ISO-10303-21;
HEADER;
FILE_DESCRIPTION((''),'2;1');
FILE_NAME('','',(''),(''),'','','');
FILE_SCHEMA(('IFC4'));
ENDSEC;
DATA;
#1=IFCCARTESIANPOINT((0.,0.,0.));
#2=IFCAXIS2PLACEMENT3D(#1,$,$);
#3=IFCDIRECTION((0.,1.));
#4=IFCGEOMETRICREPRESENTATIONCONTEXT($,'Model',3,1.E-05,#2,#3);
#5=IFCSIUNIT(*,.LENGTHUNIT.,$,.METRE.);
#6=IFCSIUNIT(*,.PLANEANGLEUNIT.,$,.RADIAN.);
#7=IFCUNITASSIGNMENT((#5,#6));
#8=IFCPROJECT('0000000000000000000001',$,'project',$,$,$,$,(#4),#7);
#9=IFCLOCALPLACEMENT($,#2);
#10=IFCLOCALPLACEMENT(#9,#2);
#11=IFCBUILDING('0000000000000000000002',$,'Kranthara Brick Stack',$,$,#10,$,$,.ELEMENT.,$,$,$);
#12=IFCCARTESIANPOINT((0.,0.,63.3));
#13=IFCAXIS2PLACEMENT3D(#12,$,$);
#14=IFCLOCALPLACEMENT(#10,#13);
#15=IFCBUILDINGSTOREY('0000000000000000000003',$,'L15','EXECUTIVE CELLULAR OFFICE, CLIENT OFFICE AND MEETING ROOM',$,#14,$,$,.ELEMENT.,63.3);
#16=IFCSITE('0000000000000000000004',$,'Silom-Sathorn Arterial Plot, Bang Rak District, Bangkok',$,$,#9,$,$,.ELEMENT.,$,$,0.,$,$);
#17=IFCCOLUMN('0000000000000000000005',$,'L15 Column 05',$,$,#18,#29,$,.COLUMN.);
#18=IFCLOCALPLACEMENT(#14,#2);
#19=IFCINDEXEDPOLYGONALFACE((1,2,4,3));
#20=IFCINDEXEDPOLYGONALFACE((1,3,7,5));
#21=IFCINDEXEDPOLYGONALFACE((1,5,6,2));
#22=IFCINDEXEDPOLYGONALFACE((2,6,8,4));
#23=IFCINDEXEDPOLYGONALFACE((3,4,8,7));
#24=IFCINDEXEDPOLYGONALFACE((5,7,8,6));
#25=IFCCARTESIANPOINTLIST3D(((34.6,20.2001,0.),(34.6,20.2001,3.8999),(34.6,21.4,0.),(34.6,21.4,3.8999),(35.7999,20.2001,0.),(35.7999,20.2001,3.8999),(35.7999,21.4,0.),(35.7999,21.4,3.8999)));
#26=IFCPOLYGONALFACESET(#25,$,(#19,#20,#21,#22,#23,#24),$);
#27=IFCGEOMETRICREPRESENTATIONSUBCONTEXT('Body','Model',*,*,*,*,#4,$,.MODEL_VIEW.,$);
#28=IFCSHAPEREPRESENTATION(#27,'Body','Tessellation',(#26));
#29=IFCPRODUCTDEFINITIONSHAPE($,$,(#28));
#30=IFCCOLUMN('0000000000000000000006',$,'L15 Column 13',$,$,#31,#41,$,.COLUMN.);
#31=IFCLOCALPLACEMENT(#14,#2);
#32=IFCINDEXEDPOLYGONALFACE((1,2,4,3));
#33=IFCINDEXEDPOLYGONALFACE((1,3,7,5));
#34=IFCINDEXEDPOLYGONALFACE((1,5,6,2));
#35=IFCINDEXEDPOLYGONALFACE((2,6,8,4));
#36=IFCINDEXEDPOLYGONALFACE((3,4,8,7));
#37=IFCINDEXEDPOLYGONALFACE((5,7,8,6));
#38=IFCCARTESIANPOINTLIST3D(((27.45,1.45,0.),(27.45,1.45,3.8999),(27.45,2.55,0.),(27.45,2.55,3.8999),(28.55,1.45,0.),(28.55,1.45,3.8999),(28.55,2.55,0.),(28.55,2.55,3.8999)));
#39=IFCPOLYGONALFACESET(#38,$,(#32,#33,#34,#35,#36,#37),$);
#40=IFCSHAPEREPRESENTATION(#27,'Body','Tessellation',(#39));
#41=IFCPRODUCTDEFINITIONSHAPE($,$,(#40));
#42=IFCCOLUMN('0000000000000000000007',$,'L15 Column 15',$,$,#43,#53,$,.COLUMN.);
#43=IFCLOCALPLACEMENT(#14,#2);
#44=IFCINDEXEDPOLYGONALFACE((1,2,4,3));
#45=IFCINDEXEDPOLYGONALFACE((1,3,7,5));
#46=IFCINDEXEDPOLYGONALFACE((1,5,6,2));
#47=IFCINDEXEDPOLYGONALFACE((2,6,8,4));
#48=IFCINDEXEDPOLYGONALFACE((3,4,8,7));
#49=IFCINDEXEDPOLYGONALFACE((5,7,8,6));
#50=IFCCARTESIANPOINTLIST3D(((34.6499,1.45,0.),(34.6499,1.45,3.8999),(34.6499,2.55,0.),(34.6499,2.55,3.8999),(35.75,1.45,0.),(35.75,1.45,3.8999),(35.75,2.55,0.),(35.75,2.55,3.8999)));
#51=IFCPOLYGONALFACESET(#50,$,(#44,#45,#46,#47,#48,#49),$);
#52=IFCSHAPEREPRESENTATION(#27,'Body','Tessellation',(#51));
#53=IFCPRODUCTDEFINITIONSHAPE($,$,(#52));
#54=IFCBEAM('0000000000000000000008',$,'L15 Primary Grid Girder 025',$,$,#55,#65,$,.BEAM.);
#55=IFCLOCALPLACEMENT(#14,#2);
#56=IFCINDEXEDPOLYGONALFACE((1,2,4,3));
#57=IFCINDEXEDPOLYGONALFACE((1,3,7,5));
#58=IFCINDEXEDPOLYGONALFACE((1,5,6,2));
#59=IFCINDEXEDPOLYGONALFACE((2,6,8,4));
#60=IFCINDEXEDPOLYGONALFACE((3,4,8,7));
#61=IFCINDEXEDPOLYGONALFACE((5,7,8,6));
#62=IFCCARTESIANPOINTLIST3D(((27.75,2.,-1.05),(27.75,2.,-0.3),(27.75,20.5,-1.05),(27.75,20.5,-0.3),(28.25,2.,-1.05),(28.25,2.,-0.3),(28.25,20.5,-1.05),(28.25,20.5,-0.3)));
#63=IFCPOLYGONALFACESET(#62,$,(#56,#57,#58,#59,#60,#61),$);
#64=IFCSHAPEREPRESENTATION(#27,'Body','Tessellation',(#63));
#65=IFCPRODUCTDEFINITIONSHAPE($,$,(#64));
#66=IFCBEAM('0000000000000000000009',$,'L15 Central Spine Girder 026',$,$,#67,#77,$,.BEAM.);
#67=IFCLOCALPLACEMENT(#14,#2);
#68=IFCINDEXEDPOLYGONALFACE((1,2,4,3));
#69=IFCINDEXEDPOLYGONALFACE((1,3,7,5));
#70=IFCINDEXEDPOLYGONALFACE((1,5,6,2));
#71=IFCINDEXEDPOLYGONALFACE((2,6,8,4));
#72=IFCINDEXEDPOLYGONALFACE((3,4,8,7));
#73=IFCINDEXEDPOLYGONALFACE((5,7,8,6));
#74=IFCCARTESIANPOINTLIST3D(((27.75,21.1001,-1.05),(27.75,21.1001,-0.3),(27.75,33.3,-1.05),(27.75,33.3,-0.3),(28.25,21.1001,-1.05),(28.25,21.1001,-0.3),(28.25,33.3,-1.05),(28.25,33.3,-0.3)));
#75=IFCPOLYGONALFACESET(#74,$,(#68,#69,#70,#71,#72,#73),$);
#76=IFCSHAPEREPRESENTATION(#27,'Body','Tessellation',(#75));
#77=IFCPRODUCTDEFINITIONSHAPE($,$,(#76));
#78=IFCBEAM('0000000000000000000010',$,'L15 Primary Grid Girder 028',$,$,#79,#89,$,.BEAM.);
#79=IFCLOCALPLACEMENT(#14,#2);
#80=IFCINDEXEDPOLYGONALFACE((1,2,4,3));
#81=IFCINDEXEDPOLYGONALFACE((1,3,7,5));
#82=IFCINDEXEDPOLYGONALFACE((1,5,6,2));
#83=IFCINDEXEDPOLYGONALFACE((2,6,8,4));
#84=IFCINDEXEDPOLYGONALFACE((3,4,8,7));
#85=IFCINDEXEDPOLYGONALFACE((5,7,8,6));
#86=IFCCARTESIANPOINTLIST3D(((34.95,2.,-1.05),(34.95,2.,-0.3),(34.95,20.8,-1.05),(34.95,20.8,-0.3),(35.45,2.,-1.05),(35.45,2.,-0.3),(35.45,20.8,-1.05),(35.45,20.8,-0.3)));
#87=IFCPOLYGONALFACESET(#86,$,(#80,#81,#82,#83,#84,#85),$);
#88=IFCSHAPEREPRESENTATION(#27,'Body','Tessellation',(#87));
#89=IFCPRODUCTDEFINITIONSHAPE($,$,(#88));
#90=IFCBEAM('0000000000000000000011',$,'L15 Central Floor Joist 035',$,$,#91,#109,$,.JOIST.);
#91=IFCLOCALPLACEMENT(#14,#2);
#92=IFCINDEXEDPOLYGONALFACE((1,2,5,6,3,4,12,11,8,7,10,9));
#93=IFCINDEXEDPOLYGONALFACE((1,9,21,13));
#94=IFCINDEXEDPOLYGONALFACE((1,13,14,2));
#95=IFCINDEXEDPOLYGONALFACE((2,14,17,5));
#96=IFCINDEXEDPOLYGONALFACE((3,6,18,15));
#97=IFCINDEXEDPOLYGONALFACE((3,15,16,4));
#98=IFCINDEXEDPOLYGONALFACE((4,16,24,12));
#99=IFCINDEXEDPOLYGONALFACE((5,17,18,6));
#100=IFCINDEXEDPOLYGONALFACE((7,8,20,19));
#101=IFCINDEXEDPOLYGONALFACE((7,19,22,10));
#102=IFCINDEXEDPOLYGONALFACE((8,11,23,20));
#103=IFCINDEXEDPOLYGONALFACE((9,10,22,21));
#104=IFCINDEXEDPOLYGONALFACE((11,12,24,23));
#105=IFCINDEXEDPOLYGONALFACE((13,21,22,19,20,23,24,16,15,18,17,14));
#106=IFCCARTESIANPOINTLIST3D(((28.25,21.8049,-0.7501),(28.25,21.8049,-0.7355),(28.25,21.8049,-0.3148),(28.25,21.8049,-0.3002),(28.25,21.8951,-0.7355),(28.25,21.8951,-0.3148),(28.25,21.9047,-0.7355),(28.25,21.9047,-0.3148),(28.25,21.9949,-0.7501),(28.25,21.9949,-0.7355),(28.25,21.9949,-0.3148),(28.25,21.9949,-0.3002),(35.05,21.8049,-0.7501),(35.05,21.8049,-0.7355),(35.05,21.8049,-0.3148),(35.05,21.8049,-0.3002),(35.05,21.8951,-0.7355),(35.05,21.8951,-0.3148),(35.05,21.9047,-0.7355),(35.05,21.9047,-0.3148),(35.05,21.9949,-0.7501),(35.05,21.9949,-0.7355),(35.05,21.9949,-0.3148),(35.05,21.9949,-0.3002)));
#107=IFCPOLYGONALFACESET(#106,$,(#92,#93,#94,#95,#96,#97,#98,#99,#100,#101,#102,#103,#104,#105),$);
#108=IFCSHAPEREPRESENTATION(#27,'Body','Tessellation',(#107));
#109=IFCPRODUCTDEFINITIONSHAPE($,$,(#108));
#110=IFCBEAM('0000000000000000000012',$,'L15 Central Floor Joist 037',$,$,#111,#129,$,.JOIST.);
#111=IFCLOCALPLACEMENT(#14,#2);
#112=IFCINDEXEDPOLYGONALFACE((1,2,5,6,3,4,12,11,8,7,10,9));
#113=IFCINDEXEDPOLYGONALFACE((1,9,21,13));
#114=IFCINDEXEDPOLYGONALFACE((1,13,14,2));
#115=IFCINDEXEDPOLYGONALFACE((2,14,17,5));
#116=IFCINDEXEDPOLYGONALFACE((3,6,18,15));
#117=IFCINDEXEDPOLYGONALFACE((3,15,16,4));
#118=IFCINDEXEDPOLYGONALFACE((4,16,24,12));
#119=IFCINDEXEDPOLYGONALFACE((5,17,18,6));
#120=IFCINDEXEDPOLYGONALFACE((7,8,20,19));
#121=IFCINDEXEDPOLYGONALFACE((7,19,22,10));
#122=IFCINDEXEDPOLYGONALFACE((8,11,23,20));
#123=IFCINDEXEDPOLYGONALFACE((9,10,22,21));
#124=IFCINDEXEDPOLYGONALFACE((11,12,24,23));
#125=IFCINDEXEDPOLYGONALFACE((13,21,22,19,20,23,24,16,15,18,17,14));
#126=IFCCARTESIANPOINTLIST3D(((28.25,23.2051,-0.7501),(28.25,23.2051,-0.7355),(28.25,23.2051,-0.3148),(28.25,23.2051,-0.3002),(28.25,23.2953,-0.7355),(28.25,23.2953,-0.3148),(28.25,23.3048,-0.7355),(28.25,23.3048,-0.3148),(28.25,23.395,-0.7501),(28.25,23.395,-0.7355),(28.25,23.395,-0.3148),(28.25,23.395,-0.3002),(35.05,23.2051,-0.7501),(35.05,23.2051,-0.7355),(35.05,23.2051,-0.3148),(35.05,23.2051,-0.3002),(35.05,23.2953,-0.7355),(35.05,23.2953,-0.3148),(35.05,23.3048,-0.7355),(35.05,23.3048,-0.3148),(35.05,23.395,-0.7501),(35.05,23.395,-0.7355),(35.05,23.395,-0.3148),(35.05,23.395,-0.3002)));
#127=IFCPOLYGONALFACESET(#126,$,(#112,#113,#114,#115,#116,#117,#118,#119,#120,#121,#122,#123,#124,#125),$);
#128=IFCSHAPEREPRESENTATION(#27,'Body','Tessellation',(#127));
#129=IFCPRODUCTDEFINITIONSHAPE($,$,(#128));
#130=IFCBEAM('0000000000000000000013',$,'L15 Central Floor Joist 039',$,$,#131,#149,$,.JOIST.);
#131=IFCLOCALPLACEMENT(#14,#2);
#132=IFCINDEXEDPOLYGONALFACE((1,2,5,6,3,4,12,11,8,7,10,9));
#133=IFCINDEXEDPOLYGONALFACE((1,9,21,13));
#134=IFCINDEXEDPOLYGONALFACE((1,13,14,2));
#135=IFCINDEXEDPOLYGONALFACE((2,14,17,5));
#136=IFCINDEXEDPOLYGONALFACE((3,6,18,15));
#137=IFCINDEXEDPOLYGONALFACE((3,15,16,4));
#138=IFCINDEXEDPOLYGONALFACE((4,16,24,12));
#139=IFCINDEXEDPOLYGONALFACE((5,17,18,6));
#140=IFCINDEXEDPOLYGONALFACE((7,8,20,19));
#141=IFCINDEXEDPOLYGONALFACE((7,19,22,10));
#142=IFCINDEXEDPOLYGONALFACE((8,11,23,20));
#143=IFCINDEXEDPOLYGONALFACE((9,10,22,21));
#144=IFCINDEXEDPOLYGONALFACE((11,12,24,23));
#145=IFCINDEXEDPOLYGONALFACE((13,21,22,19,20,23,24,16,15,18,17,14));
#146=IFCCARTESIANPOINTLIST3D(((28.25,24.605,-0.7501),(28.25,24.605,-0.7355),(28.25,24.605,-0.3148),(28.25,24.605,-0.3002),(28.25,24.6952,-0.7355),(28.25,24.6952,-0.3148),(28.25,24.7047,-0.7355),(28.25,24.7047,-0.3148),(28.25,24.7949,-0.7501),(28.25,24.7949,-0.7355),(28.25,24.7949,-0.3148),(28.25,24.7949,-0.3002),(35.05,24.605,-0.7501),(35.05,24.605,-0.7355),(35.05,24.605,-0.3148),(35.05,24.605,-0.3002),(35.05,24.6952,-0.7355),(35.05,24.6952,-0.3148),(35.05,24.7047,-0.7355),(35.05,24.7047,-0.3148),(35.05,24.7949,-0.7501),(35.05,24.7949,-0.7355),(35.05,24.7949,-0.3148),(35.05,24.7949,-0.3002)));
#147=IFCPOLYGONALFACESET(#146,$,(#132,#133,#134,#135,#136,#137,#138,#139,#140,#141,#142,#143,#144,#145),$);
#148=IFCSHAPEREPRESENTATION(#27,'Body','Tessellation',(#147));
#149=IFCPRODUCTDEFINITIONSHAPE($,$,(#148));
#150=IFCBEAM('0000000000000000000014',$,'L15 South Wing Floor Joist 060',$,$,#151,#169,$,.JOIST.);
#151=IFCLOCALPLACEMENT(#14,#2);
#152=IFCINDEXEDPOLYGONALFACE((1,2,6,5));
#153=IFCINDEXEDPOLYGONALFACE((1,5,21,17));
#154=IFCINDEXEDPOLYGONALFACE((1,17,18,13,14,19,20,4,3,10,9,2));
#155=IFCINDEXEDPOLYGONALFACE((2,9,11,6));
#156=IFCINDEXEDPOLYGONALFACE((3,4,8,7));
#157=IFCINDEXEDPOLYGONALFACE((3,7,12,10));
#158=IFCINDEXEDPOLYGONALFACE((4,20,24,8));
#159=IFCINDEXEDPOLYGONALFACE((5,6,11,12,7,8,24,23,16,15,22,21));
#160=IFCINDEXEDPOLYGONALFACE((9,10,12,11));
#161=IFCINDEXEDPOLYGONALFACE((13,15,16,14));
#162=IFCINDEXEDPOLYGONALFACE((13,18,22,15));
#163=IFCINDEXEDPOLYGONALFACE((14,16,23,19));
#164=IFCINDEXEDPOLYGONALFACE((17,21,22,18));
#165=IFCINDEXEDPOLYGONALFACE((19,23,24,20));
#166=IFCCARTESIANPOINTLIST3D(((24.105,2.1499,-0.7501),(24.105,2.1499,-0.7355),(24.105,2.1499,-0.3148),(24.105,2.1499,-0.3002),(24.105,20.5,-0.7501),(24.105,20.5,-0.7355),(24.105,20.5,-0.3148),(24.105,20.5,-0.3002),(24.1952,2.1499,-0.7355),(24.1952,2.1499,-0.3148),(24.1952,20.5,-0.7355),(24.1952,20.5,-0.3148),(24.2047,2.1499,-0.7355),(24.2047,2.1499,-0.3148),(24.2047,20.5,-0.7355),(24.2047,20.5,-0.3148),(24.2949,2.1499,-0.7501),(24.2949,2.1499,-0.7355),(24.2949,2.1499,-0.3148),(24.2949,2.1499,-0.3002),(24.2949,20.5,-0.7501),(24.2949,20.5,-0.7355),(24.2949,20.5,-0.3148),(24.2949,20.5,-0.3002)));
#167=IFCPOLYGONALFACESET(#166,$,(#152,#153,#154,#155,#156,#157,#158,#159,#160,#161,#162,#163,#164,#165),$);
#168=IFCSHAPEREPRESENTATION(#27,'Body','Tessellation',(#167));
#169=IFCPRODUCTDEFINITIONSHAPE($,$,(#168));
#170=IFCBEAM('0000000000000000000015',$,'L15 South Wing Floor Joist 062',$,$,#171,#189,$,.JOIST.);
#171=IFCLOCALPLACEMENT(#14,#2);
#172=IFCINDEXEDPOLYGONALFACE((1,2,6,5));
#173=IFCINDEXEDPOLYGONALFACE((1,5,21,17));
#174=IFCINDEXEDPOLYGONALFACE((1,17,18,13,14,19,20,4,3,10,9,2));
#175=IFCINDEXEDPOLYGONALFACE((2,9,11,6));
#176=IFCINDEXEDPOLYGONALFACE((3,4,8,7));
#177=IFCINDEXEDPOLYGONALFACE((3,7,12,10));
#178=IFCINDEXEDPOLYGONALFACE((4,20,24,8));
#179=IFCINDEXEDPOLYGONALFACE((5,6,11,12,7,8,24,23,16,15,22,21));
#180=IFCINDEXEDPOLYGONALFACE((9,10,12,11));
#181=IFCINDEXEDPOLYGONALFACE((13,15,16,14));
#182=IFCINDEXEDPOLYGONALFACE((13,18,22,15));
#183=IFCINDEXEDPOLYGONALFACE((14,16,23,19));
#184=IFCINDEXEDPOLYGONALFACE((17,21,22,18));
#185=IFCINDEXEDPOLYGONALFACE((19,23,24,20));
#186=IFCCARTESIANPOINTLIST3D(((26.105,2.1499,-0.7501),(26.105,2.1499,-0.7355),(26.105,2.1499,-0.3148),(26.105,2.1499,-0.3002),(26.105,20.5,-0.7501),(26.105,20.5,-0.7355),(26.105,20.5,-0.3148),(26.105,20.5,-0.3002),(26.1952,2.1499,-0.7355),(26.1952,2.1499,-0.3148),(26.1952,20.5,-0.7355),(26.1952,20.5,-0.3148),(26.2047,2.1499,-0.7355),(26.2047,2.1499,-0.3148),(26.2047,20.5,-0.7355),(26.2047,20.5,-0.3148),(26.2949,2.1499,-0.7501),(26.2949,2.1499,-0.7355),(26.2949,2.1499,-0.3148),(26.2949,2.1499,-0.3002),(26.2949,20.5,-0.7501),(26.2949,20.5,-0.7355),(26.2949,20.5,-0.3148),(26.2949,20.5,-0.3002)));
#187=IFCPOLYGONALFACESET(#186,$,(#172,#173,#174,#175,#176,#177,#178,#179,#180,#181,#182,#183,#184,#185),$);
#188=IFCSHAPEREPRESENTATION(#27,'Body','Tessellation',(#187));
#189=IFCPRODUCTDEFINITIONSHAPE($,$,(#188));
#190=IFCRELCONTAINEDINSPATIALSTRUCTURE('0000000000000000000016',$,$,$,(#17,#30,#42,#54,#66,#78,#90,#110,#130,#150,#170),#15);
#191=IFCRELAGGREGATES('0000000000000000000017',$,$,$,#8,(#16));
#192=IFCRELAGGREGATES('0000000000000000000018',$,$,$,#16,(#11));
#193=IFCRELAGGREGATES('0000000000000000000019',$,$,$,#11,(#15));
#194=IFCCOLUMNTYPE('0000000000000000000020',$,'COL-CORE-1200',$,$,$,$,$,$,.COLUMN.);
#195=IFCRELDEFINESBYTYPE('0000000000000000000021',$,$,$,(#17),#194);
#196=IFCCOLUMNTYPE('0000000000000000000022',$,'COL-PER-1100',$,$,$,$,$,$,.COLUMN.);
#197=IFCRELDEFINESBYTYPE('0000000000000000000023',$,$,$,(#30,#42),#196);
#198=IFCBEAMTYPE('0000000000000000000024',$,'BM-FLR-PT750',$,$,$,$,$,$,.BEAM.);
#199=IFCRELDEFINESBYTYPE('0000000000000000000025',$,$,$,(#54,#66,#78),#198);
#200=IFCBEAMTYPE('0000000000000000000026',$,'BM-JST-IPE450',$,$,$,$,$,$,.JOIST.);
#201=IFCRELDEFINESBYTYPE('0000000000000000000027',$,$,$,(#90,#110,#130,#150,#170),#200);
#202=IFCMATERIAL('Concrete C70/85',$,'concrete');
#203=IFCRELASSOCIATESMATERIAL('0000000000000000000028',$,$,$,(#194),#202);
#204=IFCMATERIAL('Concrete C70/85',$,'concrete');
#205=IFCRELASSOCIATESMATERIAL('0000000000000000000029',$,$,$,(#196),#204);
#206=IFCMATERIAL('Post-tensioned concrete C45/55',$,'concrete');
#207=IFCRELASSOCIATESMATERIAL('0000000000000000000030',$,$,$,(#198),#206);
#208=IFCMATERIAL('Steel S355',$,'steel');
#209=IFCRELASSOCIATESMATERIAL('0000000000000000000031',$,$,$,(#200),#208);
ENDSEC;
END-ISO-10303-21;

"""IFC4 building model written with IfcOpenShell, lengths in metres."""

from ifc_helpers import new_model, si_unit, direction, frame, origin, origin_2d, place, context, subcontext, project, spatial, rectangle, i_section, extrude, material, material_profile, profile_set, type_object, element, save


model = new_model("IFC4")

# Units and contexts
model_context = context("Model", 3, precision=1e-05, world=origin(), true_north=direction((0.0, 1.0)))
body_context = subcontext(model_context, "Body", "Model", "MODEL_VIEW")
ifc_project = project(units=[si_unit("LENGTHUNIT", "METRE"), si_unit("PLANEANGLEUNIT", "RADIAN")], contexts=[model_context])

# Site, building, storey
site_placement = place(None, origin())
site = spatial("IfcSite", under=ifc_project, at=site_placement, Name="Silom-Sathorn Arterial Plot, Bang Rak District, Bangkok", CompositionType="ELEMENT", RefElevation=0.0)
building_placement = place(site_placement, origin())
building = spatial("IfcBuilding", under=site, at=building_placement, Name="Kranthara Brick Stack", CompositionType="ELEMENT")
storey_placement = place(building_placement, frame((0.0, 0.0, 63.3)))
storey = spatial("IfcBuildingStorey", under=building, at=storey_placement, Name="L15", Description="EXECUTIVE CELLULAR OFFICE, CLIENT OFFICE AND MEETING ROOM", CompositionType="ELEMENT", Elevation=63.3)

# Columns
ifc_material_1 = material(Name="Concrete C70/85", Category="concrete")
ifc_material_profile_1 = material_profile(ifc_material_1, rectangle(XDim=1.2, YDim=1.2, at=origin_2d()), Name="RC 1200x1200")
ifc_profile_set_1 = profile_set([ifc_material_profile_1], Name="Concrete C70/85")
column_type_1 = type_object("IfcColumnType", Name="COL-CORE-1200", PredefinedType="COLUMN", material=ifc_profile_set_1)
column_placement = place(storey_placement, frame((35.2, 20.8, 0.0), z_axis=(0.0, 0.0, 1.0), x_axis=(1.0, 0.0, 0.0)))
element("IfcColumn", 1, at=column_placement, inside=storey, type_object=column_type_1, Name="L15 Column 05", PredefinedType="COLUMN", context=body_context, shape_type="SweptSolid", body=[
    extrude(rectangle(XDim=1.2, YDim=1.2, at=origin_2d()), origin(), (0.0, 0.0, 1.0), 3.8999),
])
ifc_material_2 = material(Name="Concrete C70/85", Category="concrete")
ifc_material_profile_2 = material_profile(ifc_material_2, rectangle(XDim=1.1001, YDim=1.1001, at=origin_2d()), Name="RC 1100x1100")
ifc_profile_set_2 = profile_set([ifc_material_profile_2], Name="Concrete C70/85")
column_type_2 = type_object("IfcColumnType", Name="COL-PER-1100", PredefinedType="COLUMN", material=ifc_profile_set_2)
for number, where, z_axis, x_axis, name in (
    (2, (28.0, 2.0, 0.0), (0.0, 0.0, 1.0), (1.0, 0.0, 0.0), "L15 Column 13"),
    (3, (35.2, 2.0, 0.0), (0.0, 0.0, 1.0), (1.0, 0.0, 0.0), "L15 Column 15"),
):
    element("IfcColumn", number, at=place(storey_placement, frame(where, z_axis=z_axis, x_axis=x_axis)), inside=storey, type_object=column_type_2, Name=name, PredefinedType="COLUMN", context=body_context, shape_type="SweptSolid", body=[
        extrude(rectangle(XDim=1.1001, YDim=1.1001, at=origin_2d()), origin(), (0.0, 0.0, 1.0), 3.8999),
    ])

# Beams
ifc_material_3 = material(Name="Post-tensioned concrete C45/55", Category="concrete")
ifc_material_profile_3 = material_profile(ifc_material_3, rectangle(XDim=0.5, YDim=0.75, at=origin_2d()), Name="PT 500x750")
ifc_profile_set_3 = profile_set([ifc_material_profile_3], Name="Post-tensioned concrete C45/55")
beam_type_1 = type_object("IfcBeamType", Name="BM-FLR-PT750", PredefinedType="BEAM", material=ifc_profile_set_3)
beam_1_placement = place(storey_placement, frame((28.0, 2.0, -0.675), z_axis=(0.0, 1.0, 0.0), x_axis=(-1.0, 0.0, 0.0)))
element("IfcBeam", 4, at=beam_1_placement, inside=storey, type_object=beam_type_1, Name="L15 Primary Grid Girder 025", PredefinedType="BEAM", context=body_context, shape_type="SweptSolid", body=[
    extrude(rectangle(XDim=0.5, YDim=0.75, at=origin_2d()), origin(), (0.0, 0.0, 1.0), 18.5),
])
beam_2_placement = place(storey_placement, frame((28.0, 21.1001, -0.675), z_axis=(0.0, 1.0, 0.0), x_axis=(-1.0, 0.0, 0.0)))
element("IfcBeam", 5, at=beam_2_placement, inside=storey, type_object=beam_type_1, Name="L15 Central Spine Girder 026", PredefinedType="BEAM", context=body_context, shape_type="SweptSolid", body=[
    extrude(rectangle(XDim=0.5, YDim=0.75, at=origin_2d()), origin(), (0.0, 0.0, 1.0), 12.2),
])
beam_3_placement = place(storey_placement, frame((35.2, 2.0, -0.675), z_axis=(0.0, 1.0, 0.0), x_axis=(-1.0, 0.0, 0.0)))
element("IfcBeam", 6, at=beam_3_placement, inside=storey, type_object=beam_type_1, Name="L15 Primary Grid Girder 028", PredefinedType="BEAM", context=body_context, shape_type="SweptSolid", body=[
    extrude(rectangle(XDim=0.5, YDim=0.75, at=origin_2d()), origin(), (0.0, 0.0, 1.0), 18.8),
])
ifc_material_4 = material(Name="Steel S355", Category="steel")
ifc_material_profile_4 = material_profile(ifc_material_4, i_section(OverallWidth=0.1899, OverallDepth=0.45, WebThickness=0.0095, FlangeThickness=0.0146, at=origin_2d()), Name="IPE 450")
ifc_profile_set_4 = profile_set([ifc_material_profile_4], Name="Steel S355")
beam_type_2 = type_object("IfcBeamType", Name="BM-JST-IPE450", PredefinedType="JOIST", material=ifc_profile_set_4)
for number, where, z_axis, x_axis, name in (
    (7, (28.25, 21.8999, -0.5251), (1.0, 0.0, 0.0), (0.0, 1.0, 0.0), "L15 Central Floor Joist 035"),
    (8, (28.25, 23.3, -0.5251), (1.0, 0.0, 0.0), (0.0, 1.0, 0.0), "L15 Central Floor Joist 037"),
    (9, (28.25, 24.7, -0.5251), (1.0, 0.0, 0.0), (0.0, 1.0, 0.0), "L15 Central Floor Joist 039"),
):
    element("IfcBeam", number, at=place(storey_placement, frame(where, z_axis=z_axis, x_axis=x_axis)), inside=storey, type_object=beam_type_2, Name=name, PredefinedType="JOIST", context=body_context, shape_type="SweptSolid", body=[
        extrude(i_section(OverallWidth=0.1899, OverallDepth=0.45, WebThickness=0.0095, FlangeThickness=0.0146, at=origin_2d()), origin(), (0.0, 0.0, 1.0), 6.8),
    ])
for number, where, z_axis, x_axis, name in (
    (10, (24.2, 2.1499, -0.5251), (0.0, 1.0, 0.0), (-1.0, 0.0, 0.0), "L15 South Wing Floor Joist 060"),
    (11, (26.2, 2.1499, -0.5251), (0.0, 1.0, 0.0), (-1.0, 0.0, 0.0), "L15 South Wing Floor Joist 062"),
):
    element("IfcBeam", number, at=place(storey_placement, frame(where, z_axis=z_axis, x_axis=x_axis)), inside=storey, type_object=beam_type_2, Name=name, PredefinedType="JOIST", context=body_context, shape_type="SweptSolid", body=[
        extrude(i_section(OverallWidth=0.1899, OverallDepth=0.45, WebThickness=0.0095, FlangeThickness=0.0146, at=origin_2d()), origin(), (0.0, 0.0, 1.0), 18.3501),
    ])

save(model, "model.ifc")
